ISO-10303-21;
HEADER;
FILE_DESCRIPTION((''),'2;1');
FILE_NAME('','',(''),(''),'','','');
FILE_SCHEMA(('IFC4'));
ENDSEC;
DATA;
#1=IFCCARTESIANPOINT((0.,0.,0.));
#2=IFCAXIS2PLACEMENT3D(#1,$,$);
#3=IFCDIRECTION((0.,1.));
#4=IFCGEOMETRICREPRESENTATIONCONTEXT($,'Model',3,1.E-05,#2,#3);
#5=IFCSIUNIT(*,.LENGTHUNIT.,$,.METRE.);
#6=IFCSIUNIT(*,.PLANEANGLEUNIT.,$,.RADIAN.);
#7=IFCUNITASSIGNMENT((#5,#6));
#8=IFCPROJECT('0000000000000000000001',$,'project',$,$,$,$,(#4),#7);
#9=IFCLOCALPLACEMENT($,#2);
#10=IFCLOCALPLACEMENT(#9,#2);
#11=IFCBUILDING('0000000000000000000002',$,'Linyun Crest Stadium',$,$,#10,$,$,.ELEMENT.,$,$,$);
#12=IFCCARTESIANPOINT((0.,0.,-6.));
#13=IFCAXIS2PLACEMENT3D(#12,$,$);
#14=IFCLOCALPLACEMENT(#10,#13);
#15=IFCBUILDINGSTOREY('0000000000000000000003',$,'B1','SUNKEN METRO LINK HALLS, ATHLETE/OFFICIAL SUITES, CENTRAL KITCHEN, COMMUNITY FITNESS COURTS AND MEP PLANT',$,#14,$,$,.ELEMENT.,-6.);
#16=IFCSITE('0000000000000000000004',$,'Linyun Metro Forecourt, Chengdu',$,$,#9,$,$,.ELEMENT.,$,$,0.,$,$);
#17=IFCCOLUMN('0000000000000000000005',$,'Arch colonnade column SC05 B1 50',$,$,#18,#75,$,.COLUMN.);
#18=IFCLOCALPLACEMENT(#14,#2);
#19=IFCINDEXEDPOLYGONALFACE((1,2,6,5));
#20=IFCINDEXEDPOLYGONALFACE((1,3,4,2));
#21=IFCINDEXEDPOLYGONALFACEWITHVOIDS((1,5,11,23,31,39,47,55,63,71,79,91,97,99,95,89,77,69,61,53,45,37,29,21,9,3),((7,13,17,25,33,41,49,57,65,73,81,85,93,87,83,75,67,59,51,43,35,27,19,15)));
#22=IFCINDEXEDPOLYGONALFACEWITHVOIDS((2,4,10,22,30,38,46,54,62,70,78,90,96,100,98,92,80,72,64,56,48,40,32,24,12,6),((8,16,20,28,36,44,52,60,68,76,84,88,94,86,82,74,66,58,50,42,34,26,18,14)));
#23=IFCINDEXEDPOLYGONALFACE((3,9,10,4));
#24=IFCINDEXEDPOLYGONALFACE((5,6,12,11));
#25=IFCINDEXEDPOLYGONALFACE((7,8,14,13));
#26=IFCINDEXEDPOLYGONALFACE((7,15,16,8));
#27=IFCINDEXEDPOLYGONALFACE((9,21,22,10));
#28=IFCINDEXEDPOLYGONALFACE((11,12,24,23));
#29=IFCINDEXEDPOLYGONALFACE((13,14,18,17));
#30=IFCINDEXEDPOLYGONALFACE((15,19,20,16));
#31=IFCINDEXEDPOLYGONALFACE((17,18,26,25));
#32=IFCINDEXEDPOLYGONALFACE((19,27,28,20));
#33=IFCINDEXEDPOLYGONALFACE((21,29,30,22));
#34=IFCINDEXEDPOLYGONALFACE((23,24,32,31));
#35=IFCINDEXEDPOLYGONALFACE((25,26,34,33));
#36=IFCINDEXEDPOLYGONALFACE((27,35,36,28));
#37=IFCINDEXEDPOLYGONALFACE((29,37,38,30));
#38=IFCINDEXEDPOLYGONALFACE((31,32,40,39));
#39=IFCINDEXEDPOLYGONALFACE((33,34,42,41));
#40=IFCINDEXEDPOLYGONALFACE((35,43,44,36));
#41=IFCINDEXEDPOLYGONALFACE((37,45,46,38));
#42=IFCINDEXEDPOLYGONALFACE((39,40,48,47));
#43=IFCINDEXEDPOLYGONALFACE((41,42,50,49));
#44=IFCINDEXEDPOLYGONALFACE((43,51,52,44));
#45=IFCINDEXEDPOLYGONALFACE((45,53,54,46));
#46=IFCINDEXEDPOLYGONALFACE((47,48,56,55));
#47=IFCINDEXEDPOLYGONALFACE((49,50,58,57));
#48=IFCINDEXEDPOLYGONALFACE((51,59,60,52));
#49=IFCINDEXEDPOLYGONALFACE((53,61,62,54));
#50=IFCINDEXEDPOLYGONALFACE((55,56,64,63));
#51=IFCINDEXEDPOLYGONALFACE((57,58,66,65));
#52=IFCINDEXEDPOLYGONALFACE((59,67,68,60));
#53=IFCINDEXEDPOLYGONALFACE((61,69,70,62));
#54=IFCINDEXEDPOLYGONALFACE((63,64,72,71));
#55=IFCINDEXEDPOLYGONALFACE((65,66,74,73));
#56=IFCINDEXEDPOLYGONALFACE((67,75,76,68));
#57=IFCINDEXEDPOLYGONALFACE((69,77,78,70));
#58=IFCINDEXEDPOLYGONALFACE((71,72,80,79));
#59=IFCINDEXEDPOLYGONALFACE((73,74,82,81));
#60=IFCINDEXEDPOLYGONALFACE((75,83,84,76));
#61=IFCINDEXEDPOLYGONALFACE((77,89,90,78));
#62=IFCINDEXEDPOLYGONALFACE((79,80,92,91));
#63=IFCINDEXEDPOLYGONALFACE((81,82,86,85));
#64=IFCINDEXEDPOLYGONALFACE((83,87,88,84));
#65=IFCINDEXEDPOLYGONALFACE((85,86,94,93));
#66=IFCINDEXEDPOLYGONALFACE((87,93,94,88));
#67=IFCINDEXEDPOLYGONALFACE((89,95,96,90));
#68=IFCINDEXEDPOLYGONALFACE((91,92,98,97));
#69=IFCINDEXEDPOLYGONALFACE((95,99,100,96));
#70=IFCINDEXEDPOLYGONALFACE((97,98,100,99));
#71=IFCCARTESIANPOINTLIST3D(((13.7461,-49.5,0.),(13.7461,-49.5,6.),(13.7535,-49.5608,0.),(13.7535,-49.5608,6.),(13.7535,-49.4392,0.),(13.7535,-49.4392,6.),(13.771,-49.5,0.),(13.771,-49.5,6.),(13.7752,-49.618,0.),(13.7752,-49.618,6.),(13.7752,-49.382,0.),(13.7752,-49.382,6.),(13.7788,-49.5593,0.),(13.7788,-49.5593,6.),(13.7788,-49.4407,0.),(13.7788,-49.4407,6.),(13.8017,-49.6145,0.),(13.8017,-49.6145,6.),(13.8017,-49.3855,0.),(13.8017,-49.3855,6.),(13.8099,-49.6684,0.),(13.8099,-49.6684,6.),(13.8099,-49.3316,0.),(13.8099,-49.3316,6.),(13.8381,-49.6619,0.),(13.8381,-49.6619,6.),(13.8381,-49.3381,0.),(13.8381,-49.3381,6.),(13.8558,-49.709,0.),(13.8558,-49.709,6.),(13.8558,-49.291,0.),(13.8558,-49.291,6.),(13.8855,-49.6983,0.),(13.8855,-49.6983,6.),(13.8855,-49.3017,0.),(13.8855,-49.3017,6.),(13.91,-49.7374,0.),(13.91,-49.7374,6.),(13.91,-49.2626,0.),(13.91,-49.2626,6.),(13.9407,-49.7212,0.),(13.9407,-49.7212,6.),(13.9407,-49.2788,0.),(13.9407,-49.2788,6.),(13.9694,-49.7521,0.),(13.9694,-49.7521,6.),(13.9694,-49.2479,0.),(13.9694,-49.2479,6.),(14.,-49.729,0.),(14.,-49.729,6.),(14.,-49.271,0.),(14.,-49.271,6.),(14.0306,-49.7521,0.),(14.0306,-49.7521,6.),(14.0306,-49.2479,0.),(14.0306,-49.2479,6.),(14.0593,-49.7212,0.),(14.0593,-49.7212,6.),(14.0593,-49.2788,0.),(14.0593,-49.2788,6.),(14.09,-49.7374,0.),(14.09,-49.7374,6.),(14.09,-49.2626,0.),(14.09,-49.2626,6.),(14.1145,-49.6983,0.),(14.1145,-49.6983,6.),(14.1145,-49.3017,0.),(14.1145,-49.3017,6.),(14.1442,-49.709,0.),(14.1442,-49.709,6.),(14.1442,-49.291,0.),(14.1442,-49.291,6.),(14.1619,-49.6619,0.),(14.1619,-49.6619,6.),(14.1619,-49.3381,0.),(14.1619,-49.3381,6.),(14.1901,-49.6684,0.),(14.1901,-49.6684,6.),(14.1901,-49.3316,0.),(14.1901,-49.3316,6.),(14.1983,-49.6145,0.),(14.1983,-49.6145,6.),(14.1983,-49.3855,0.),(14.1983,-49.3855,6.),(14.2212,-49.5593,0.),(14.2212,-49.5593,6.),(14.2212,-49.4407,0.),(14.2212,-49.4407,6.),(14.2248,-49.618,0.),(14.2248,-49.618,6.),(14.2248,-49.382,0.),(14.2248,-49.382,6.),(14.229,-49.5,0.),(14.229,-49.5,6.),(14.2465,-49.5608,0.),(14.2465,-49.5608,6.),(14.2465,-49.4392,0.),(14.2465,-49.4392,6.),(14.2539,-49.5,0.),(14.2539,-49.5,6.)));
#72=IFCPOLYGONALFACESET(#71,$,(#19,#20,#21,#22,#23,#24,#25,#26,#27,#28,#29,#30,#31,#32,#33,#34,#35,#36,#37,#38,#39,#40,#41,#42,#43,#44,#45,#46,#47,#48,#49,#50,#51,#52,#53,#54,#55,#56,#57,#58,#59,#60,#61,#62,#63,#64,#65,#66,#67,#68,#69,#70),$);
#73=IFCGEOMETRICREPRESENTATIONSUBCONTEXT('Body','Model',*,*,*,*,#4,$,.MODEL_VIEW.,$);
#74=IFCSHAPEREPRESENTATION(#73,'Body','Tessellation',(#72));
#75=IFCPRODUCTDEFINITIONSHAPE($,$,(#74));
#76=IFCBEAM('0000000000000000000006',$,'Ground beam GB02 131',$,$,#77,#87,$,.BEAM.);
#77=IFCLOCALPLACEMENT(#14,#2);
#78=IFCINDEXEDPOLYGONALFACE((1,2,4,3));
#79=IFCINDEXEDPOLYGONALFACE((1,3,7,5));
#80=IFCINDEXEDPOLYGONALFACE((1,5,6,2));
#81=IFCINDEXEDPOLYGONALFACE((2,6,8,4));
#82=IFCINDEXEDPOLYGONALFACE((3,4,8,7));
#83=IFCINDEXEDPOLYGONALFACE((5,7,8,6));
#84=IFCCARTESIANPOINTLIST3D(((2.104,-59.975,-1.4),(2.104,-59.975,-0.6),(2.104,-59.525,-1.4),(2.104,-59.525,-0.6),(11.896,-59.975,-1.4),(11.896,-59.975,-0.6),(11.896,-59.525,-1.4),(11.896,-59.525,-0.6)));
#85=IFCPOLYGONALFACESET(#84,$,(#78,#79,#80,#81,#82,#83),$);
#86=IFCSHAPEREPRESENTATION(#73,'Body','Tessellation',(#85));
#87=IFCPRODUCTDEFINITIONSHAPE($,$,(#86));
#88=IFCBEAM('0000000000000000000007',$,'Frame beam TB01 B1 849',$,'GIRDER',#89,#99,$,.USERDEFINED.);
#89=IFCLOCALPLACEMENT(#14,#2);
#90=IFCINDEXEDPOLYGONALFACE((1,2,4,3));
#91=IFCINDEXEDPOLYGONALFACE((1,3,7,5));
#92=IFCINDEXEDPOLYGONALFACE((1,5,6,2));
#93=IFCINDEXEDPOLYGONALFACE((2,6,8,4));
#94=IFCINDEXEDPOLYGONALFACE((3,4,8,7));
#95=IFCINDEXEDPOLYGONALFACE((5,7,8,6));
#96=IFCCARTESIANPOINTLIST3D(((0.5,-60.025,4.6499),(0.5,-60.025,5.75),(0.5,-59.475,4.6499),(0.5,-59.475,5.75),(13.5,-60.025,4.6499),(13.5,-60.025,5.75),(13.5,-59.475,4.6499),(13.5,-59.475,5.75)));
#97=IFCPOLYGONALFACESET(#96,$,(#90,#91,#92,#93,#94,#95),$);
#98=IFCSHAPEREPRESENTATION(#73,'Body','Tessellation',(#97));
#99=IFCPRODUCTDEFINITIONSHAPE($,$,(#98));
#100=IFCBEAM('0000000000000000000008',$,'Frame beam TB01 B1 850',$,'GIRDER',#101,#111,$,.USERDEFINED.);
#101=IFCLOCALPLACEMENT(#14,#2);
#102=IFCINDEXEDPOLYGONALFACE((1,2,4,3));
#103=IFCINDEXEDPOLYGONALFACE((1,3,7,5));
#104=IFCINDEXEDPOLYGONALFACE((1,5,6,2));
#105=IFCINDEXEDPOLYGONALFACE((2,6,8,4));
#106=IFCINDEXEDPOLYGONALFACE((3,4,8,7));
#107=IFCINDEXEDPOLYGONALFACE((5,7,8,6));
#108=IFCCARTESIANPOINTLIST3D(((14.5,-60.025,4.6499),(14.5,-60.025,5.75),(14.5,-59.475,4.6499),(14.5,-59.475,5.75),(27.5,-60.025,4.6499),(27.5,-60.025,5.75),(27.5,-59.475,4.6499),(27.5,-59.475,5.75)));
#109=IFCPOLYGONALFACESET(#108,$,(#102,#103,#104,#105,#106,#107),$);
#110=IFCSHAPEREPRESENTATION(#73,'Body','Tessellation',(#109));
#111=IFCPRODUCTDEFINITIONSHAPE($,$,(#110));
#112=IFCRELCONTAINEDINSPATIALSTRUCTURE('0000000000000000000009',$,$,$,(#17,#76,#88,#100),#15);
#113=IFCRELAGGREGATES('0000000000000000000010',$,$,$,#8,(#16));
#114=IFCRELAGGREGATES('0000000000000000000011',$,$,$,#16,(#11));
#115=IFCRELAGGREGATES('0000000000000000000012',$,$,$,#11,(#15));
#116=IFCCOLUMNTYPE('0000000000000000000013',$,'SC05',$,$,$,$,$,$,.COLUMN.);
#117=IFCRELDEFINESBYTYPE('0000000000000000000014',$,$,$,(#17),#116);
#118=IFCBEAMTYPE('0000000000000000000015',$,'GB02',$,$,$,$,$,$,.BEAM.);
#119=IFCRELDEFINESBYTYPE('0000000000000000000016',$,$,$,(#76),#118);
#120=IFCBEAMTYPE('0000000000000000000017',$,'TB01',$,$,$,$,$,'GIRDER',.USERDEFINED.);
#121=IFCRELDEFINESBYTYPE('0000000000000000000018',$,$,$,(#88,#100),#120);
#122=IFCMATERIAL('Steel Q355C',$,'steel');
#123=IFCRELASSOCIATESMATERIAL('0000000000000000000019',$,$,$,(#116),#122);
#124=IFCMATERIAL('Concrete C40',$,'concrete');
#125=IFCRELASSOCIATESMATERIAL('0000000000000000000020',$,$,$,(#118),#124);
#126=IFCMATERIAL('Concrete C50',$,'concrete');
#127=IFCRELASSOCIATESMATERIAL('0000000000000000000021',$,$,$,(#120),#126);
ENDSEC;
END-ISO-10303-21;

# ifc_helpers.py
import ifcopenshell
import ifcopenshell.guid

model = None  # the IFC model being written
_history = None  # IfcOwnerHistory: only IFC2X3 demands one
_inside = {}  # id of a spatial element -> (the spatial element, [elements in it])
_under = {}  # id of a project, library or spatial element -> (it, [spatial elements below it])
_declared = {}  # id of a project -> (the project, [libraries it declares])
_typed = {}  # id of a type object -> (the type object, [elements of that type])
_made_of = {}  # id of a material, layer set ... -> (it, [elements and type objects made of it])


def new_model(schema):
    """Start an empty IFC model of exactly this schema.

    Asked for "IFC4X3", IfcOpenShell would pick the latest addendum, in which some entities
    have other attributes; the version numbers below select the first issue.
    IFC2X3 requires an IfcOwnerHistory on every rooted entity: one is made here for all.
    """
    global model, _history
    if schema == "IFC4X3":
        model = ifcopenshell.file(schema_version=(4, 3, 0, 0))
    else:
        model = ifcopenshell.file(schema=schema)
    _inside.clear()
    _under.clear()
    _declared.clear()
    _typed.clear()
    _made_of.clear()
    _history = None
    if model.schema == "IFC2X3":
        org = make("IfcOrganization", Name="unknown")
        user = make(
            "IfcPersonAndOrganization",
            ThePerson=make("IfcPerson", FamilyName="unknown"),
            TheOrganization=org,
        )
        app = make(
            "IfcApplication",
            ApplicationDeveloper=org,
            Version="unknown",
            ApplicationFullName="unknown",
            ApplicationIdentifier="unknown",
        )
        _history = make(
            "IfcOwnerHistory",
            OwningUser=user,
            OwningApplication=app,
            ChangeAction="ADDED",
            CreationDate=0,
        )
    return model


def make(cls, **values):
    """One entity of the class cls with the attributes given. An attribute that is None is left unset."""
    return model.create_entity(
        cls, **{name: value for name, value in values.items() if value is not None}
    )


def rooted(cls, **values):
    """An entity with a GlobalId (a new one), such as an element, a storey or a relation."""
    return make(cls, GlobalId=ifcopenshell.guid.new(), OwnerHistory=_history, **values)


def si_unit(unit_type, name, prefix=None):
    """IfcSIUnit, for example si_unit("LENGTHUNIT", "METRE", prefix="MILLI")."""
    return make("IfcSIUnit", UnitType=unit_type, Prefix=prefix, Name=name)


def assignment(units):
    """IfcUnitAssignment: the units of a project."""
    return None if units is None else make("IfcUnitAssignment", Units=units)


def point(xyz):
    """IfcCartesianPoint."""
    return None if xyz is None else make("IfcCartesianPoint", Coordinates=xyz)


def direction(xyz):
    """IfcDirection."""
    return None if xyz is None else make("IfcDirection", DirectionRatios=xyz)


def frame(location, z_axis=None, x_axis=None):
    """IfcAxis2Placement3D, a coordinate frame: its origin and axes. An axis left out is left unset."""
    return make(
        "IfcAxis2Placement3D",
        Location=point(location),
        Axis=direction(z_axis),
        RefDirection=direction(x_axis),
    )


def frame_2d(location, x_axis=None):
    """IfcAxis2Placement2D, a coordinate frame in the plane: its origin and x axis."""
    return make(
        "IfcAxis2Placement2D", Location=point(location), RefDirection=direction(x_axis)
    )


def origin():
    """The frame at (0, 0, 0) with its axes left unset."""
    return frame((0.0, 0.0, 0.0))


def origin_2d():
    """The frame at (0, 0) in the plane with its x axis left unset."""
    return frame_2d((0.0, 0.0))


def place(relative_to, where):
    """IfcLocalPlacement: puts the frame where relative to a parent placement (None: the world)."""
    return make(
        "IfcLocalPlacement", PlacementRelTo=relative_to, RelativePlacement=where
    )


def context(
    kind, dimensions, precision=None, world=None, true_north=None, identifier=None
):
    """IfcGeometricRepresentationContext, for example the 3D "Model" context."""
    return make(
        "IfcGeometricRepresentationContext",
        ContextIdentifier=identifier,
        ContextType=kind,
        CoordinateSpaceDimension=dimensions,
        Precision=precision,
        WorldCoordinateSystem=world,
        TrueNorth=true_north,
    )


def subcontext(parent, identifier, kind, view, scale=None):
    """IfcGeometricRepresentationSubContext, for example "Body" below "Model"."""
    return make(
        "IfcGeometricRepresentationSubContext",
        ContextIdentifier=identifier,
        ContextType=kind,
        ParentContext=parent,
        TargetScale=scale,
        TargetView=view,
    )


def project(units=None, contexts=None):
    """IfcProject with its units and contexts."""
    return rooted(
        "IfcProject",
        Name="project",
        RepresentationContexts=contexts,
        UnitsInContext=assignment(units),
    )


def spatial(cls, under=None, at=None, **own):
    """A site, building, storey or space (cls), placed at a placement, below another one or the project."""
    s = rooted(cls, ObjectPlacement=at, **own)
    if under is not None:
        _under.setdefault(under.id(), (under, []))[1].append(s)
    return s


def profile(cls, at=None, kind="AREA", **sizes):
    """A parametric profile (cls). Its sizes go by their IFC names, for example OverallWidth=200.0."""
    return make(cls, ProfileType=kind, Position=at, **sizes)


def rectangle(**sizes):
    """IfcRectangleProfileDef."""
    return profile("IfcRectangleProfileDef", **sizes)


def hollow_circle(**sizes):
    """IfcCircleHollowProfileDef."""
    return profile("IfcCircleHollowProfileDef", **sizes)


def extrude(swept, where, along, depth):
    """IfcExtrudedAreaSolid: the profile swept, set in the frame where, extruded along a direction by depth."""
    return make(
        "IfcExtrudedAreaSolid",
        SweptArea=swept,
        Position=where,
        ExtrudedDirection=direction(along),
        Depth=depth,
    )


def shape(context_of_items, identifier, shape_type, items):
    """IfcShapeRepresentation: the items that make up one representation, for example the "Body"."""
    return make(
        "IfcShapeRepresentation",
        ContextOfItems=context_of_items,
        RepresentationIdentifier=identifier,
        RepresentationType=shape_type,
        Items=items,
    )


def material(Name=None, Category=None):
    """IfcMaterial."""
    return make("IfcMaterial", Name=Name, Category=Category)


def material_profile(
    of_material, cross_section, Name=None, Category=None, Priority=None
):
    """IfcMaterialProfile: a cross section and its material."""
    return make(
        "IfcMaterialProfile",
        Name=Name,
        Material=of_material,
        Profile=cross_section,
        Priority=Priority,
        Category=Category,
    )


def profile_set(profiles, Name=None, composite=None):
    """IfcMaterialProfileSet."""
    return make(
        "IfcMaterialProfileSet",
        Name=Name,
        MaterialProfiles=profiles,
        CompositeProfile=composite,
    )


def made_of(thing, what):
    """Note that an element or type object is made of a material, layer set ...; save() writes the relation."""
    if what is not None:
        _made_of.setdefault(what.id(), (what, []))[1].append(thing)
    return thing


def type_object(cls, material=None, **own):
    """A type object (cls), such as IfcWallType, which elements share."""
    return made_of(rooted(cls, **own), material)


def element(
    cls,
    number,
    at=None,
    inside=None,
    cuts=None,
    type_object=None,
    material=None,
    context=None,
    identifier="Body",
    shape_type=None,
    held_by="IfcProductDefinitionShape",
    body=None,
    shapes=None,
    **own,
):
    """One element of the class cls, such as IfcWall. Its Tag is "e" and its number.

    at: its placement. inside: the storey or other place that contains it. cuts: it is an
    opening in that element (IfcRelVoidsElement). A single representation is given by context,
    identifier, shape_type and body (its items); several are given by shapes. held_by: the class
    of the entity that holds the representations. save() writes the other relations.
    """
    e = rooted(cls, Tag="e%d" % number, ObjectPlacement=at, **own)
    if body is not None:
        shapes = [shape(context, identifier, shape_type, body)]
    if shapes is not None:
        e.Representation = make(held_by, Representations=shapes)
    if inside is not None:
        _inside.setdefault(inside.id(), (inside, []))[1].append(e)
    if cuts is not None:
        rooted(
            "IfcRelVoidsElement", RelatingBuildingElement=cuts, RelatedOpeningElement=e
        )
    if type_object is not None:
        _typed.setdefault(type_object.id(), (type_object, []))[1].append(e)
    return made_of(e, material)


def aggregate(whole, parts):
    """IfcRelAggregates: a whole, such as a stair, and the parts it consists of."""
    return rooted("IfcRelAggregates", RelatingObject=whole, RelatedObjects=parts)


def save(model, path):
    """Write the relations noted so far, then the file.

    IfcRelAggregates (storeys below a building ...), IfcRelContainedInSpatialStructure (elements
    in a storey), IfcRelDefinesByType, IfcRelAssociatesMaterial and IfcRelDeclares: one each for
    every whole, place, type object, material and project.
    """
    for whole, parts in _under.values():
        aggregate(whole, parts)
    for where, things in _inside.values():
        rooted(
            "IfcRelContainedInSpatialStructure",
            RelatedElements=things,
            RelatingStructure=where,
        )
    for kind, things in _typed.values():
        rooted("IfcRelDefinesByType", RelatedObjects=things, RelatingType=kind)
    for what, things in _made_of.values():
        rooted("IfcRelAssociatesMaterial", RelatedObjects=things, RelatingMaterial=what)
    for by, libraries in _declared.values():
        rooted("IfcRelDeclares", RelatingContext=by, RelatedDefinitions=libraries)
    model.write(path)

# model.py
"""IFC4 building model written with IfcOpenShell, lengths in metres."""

from ifc_helpers import new_model, si_unit, direction, frame, origin, origin_2d, place, context, subcontext, project, spatial, rectangle, hollow_circle, extrude, material, material_profile, profile_set, type_object, element, save


model = new_model("IFC4")

# Units and contexts
model_context = context("Model", 3, precision=1e-05, world=origin(), true_north=direction((0.0, 1.0)))
body_context = subcontext(model_context, "Body", "Model", "MODEL_VIEW")
ifc_project = project(units=[si_unit("LENGTHUNIT", "METRE"), si_unit("PLANEANGLEUNIT", "RADIAN")], contexts=[model_context])

# Site, building, storey
site_placement = place(None, origin())
site = spatial("IfcSite", under=ifc_project, at=site_placement, Name="Linyun Metro Forecourt, Chengdu", CompositionType="ELEMENT", RefElevation=0.0)
building_placement = place(site_placement, origin())
building = spatial("IfcBuilding", under=site, at=building_placement, Name="Linyun Crest Stadium", CompositionType="ELEMENT")
storey_placement = place(building_placement, frame((0.0, 0.0, -6.0)))
storey = spatial("IfcBuildingStorey", under=building, at=storey_placement, Name="B1", Description="SUNKEN METRO LINK HALLS, ATHLETE/OFFICIAL SUITES, CENTRAL KITCHEN, COMMUNITY FITNESS COURTS AND MEP PLANT", CompositionType="ELEMENT", Elevation=-6.0)

# Column
ifc_material_1 = material(Name="Steel Q355C", Category="steel")
ifc_material_profile_1 = material_profile(ifc_material_1, hollow_circle(Radius=0.2539, WallThickness=0.0249, at=origin_2d()), Name="CHS 508x25")
ifc_profile_set_1 = profile_set([ifc_material_profile_1], Name="Steel Q355C")
column_type_1 = type_object("IfcColumnType", Name="SC05", PredefinedType="COLUMN", material=ifc_profile_set_1)
for number, where, z_axis, x_axis, name in (
    (1, (14.0, -49.5, 0.0), (0.0, 0.0, 1.0), (1.0, 0.0, 0.0), "Arch colonnade column SC05 B1 50"),
):
    element("IfcColumn", number, at=place(storey_placement, frame(where, z_axis=z_axis, x_axis=x_axis)), inside=storey, type_object=column_type_1, Name=name, PredefinedType="COLUMN", context=body_context, shape_type="SweptSolid", body=[
        extrude(hollow_circle(Radius=0.2539, WallThickness=0.0249, at=origin_2d()), origin(), (0.0, 0.0, 1.0), 6.0),
    ])

# Beams
ifc_material_2 = material(Name="Concrete C40", Category="concrete")
ifc_material_profile_2 = material_profile(ifc_material_2, rectangle(XDim=0.45, YDim=0.8, at=origin_2d()), Name="RCB 800x450")
ifc_profile_set_2 = profile_set([ifc_material_profile_2], Name="Concrete C40")
beam_type_1 = type_object("IfcBeamType", Name="GB02", PredefinedType="BEAM", material=ifc_profile_set_2)
beam_placement = place(storey_placement, frame((2.104, -59.75, -1.0), z_axis=(1.0, 0.0, 0.0), x_axis=(0.0, 1.0, 0.0)))
element("IfcBeam", 2, at=beam_placement, inside=storey, type_object=beam_type_1, Name="Ground beam GB02 131", PredefinedType="BEAM", context=body_context, shape_type="SweptSolid", body=[
    extrude(rectangle(XDim=0.45, YDim=0.8, at=origin_2d()), origin(), (0.0, 0.0, 1.0), 9.792),
])
ifc_material_3 = material(Name="Concrete C50", Category="concrete")
ifc_material_profile_3 = material_profile(ifc_material_3, rectangle(XDim=0.55, YDim=1.1001, at=origin_2d()), Name="RCB 1100x550")
ifc_profile_set_3 = profile_set([ifc_material_profile_3], Name="Concrete C50")
beam_type_2 = type_object("IfcBeamType", Name="TB01", ElementType="GIRDER", PredefinedType="USERDEFINED", material=ifc_profile_set_3)
for number, where, z_axis, x_axis, name in (
    (3, (0.5, -59.75, 5.2), (1.0, 0.0, 0.0), (0.0, 1.0, 0.0), "Frame beam TB01 B1 849"),
    (4, (14.5, -59.75, 5.2), (1.0, 0.0, 0.0), (0.0, 1.0, 0.0), "Frame beam TB01 B1 850"),
):
    element("IfcBeam", number, at=place(storey_placement, frame(where, z_axis=z_axis, x_axis=x_axis)), inside=storey, type_object=beam_type_2, Name=name, ObjectType="GIRDER", PredefinedType="USERDEFINED", context=body_context, shape_type="SweptSolid", body=[
        extrude(rectangle(XDim=0.55, YDim=1.1001, at=origin_2d()), origin(), (0.0, 0.0, 1.0), 13.0),
    ])

save(model, "model.ifc")
